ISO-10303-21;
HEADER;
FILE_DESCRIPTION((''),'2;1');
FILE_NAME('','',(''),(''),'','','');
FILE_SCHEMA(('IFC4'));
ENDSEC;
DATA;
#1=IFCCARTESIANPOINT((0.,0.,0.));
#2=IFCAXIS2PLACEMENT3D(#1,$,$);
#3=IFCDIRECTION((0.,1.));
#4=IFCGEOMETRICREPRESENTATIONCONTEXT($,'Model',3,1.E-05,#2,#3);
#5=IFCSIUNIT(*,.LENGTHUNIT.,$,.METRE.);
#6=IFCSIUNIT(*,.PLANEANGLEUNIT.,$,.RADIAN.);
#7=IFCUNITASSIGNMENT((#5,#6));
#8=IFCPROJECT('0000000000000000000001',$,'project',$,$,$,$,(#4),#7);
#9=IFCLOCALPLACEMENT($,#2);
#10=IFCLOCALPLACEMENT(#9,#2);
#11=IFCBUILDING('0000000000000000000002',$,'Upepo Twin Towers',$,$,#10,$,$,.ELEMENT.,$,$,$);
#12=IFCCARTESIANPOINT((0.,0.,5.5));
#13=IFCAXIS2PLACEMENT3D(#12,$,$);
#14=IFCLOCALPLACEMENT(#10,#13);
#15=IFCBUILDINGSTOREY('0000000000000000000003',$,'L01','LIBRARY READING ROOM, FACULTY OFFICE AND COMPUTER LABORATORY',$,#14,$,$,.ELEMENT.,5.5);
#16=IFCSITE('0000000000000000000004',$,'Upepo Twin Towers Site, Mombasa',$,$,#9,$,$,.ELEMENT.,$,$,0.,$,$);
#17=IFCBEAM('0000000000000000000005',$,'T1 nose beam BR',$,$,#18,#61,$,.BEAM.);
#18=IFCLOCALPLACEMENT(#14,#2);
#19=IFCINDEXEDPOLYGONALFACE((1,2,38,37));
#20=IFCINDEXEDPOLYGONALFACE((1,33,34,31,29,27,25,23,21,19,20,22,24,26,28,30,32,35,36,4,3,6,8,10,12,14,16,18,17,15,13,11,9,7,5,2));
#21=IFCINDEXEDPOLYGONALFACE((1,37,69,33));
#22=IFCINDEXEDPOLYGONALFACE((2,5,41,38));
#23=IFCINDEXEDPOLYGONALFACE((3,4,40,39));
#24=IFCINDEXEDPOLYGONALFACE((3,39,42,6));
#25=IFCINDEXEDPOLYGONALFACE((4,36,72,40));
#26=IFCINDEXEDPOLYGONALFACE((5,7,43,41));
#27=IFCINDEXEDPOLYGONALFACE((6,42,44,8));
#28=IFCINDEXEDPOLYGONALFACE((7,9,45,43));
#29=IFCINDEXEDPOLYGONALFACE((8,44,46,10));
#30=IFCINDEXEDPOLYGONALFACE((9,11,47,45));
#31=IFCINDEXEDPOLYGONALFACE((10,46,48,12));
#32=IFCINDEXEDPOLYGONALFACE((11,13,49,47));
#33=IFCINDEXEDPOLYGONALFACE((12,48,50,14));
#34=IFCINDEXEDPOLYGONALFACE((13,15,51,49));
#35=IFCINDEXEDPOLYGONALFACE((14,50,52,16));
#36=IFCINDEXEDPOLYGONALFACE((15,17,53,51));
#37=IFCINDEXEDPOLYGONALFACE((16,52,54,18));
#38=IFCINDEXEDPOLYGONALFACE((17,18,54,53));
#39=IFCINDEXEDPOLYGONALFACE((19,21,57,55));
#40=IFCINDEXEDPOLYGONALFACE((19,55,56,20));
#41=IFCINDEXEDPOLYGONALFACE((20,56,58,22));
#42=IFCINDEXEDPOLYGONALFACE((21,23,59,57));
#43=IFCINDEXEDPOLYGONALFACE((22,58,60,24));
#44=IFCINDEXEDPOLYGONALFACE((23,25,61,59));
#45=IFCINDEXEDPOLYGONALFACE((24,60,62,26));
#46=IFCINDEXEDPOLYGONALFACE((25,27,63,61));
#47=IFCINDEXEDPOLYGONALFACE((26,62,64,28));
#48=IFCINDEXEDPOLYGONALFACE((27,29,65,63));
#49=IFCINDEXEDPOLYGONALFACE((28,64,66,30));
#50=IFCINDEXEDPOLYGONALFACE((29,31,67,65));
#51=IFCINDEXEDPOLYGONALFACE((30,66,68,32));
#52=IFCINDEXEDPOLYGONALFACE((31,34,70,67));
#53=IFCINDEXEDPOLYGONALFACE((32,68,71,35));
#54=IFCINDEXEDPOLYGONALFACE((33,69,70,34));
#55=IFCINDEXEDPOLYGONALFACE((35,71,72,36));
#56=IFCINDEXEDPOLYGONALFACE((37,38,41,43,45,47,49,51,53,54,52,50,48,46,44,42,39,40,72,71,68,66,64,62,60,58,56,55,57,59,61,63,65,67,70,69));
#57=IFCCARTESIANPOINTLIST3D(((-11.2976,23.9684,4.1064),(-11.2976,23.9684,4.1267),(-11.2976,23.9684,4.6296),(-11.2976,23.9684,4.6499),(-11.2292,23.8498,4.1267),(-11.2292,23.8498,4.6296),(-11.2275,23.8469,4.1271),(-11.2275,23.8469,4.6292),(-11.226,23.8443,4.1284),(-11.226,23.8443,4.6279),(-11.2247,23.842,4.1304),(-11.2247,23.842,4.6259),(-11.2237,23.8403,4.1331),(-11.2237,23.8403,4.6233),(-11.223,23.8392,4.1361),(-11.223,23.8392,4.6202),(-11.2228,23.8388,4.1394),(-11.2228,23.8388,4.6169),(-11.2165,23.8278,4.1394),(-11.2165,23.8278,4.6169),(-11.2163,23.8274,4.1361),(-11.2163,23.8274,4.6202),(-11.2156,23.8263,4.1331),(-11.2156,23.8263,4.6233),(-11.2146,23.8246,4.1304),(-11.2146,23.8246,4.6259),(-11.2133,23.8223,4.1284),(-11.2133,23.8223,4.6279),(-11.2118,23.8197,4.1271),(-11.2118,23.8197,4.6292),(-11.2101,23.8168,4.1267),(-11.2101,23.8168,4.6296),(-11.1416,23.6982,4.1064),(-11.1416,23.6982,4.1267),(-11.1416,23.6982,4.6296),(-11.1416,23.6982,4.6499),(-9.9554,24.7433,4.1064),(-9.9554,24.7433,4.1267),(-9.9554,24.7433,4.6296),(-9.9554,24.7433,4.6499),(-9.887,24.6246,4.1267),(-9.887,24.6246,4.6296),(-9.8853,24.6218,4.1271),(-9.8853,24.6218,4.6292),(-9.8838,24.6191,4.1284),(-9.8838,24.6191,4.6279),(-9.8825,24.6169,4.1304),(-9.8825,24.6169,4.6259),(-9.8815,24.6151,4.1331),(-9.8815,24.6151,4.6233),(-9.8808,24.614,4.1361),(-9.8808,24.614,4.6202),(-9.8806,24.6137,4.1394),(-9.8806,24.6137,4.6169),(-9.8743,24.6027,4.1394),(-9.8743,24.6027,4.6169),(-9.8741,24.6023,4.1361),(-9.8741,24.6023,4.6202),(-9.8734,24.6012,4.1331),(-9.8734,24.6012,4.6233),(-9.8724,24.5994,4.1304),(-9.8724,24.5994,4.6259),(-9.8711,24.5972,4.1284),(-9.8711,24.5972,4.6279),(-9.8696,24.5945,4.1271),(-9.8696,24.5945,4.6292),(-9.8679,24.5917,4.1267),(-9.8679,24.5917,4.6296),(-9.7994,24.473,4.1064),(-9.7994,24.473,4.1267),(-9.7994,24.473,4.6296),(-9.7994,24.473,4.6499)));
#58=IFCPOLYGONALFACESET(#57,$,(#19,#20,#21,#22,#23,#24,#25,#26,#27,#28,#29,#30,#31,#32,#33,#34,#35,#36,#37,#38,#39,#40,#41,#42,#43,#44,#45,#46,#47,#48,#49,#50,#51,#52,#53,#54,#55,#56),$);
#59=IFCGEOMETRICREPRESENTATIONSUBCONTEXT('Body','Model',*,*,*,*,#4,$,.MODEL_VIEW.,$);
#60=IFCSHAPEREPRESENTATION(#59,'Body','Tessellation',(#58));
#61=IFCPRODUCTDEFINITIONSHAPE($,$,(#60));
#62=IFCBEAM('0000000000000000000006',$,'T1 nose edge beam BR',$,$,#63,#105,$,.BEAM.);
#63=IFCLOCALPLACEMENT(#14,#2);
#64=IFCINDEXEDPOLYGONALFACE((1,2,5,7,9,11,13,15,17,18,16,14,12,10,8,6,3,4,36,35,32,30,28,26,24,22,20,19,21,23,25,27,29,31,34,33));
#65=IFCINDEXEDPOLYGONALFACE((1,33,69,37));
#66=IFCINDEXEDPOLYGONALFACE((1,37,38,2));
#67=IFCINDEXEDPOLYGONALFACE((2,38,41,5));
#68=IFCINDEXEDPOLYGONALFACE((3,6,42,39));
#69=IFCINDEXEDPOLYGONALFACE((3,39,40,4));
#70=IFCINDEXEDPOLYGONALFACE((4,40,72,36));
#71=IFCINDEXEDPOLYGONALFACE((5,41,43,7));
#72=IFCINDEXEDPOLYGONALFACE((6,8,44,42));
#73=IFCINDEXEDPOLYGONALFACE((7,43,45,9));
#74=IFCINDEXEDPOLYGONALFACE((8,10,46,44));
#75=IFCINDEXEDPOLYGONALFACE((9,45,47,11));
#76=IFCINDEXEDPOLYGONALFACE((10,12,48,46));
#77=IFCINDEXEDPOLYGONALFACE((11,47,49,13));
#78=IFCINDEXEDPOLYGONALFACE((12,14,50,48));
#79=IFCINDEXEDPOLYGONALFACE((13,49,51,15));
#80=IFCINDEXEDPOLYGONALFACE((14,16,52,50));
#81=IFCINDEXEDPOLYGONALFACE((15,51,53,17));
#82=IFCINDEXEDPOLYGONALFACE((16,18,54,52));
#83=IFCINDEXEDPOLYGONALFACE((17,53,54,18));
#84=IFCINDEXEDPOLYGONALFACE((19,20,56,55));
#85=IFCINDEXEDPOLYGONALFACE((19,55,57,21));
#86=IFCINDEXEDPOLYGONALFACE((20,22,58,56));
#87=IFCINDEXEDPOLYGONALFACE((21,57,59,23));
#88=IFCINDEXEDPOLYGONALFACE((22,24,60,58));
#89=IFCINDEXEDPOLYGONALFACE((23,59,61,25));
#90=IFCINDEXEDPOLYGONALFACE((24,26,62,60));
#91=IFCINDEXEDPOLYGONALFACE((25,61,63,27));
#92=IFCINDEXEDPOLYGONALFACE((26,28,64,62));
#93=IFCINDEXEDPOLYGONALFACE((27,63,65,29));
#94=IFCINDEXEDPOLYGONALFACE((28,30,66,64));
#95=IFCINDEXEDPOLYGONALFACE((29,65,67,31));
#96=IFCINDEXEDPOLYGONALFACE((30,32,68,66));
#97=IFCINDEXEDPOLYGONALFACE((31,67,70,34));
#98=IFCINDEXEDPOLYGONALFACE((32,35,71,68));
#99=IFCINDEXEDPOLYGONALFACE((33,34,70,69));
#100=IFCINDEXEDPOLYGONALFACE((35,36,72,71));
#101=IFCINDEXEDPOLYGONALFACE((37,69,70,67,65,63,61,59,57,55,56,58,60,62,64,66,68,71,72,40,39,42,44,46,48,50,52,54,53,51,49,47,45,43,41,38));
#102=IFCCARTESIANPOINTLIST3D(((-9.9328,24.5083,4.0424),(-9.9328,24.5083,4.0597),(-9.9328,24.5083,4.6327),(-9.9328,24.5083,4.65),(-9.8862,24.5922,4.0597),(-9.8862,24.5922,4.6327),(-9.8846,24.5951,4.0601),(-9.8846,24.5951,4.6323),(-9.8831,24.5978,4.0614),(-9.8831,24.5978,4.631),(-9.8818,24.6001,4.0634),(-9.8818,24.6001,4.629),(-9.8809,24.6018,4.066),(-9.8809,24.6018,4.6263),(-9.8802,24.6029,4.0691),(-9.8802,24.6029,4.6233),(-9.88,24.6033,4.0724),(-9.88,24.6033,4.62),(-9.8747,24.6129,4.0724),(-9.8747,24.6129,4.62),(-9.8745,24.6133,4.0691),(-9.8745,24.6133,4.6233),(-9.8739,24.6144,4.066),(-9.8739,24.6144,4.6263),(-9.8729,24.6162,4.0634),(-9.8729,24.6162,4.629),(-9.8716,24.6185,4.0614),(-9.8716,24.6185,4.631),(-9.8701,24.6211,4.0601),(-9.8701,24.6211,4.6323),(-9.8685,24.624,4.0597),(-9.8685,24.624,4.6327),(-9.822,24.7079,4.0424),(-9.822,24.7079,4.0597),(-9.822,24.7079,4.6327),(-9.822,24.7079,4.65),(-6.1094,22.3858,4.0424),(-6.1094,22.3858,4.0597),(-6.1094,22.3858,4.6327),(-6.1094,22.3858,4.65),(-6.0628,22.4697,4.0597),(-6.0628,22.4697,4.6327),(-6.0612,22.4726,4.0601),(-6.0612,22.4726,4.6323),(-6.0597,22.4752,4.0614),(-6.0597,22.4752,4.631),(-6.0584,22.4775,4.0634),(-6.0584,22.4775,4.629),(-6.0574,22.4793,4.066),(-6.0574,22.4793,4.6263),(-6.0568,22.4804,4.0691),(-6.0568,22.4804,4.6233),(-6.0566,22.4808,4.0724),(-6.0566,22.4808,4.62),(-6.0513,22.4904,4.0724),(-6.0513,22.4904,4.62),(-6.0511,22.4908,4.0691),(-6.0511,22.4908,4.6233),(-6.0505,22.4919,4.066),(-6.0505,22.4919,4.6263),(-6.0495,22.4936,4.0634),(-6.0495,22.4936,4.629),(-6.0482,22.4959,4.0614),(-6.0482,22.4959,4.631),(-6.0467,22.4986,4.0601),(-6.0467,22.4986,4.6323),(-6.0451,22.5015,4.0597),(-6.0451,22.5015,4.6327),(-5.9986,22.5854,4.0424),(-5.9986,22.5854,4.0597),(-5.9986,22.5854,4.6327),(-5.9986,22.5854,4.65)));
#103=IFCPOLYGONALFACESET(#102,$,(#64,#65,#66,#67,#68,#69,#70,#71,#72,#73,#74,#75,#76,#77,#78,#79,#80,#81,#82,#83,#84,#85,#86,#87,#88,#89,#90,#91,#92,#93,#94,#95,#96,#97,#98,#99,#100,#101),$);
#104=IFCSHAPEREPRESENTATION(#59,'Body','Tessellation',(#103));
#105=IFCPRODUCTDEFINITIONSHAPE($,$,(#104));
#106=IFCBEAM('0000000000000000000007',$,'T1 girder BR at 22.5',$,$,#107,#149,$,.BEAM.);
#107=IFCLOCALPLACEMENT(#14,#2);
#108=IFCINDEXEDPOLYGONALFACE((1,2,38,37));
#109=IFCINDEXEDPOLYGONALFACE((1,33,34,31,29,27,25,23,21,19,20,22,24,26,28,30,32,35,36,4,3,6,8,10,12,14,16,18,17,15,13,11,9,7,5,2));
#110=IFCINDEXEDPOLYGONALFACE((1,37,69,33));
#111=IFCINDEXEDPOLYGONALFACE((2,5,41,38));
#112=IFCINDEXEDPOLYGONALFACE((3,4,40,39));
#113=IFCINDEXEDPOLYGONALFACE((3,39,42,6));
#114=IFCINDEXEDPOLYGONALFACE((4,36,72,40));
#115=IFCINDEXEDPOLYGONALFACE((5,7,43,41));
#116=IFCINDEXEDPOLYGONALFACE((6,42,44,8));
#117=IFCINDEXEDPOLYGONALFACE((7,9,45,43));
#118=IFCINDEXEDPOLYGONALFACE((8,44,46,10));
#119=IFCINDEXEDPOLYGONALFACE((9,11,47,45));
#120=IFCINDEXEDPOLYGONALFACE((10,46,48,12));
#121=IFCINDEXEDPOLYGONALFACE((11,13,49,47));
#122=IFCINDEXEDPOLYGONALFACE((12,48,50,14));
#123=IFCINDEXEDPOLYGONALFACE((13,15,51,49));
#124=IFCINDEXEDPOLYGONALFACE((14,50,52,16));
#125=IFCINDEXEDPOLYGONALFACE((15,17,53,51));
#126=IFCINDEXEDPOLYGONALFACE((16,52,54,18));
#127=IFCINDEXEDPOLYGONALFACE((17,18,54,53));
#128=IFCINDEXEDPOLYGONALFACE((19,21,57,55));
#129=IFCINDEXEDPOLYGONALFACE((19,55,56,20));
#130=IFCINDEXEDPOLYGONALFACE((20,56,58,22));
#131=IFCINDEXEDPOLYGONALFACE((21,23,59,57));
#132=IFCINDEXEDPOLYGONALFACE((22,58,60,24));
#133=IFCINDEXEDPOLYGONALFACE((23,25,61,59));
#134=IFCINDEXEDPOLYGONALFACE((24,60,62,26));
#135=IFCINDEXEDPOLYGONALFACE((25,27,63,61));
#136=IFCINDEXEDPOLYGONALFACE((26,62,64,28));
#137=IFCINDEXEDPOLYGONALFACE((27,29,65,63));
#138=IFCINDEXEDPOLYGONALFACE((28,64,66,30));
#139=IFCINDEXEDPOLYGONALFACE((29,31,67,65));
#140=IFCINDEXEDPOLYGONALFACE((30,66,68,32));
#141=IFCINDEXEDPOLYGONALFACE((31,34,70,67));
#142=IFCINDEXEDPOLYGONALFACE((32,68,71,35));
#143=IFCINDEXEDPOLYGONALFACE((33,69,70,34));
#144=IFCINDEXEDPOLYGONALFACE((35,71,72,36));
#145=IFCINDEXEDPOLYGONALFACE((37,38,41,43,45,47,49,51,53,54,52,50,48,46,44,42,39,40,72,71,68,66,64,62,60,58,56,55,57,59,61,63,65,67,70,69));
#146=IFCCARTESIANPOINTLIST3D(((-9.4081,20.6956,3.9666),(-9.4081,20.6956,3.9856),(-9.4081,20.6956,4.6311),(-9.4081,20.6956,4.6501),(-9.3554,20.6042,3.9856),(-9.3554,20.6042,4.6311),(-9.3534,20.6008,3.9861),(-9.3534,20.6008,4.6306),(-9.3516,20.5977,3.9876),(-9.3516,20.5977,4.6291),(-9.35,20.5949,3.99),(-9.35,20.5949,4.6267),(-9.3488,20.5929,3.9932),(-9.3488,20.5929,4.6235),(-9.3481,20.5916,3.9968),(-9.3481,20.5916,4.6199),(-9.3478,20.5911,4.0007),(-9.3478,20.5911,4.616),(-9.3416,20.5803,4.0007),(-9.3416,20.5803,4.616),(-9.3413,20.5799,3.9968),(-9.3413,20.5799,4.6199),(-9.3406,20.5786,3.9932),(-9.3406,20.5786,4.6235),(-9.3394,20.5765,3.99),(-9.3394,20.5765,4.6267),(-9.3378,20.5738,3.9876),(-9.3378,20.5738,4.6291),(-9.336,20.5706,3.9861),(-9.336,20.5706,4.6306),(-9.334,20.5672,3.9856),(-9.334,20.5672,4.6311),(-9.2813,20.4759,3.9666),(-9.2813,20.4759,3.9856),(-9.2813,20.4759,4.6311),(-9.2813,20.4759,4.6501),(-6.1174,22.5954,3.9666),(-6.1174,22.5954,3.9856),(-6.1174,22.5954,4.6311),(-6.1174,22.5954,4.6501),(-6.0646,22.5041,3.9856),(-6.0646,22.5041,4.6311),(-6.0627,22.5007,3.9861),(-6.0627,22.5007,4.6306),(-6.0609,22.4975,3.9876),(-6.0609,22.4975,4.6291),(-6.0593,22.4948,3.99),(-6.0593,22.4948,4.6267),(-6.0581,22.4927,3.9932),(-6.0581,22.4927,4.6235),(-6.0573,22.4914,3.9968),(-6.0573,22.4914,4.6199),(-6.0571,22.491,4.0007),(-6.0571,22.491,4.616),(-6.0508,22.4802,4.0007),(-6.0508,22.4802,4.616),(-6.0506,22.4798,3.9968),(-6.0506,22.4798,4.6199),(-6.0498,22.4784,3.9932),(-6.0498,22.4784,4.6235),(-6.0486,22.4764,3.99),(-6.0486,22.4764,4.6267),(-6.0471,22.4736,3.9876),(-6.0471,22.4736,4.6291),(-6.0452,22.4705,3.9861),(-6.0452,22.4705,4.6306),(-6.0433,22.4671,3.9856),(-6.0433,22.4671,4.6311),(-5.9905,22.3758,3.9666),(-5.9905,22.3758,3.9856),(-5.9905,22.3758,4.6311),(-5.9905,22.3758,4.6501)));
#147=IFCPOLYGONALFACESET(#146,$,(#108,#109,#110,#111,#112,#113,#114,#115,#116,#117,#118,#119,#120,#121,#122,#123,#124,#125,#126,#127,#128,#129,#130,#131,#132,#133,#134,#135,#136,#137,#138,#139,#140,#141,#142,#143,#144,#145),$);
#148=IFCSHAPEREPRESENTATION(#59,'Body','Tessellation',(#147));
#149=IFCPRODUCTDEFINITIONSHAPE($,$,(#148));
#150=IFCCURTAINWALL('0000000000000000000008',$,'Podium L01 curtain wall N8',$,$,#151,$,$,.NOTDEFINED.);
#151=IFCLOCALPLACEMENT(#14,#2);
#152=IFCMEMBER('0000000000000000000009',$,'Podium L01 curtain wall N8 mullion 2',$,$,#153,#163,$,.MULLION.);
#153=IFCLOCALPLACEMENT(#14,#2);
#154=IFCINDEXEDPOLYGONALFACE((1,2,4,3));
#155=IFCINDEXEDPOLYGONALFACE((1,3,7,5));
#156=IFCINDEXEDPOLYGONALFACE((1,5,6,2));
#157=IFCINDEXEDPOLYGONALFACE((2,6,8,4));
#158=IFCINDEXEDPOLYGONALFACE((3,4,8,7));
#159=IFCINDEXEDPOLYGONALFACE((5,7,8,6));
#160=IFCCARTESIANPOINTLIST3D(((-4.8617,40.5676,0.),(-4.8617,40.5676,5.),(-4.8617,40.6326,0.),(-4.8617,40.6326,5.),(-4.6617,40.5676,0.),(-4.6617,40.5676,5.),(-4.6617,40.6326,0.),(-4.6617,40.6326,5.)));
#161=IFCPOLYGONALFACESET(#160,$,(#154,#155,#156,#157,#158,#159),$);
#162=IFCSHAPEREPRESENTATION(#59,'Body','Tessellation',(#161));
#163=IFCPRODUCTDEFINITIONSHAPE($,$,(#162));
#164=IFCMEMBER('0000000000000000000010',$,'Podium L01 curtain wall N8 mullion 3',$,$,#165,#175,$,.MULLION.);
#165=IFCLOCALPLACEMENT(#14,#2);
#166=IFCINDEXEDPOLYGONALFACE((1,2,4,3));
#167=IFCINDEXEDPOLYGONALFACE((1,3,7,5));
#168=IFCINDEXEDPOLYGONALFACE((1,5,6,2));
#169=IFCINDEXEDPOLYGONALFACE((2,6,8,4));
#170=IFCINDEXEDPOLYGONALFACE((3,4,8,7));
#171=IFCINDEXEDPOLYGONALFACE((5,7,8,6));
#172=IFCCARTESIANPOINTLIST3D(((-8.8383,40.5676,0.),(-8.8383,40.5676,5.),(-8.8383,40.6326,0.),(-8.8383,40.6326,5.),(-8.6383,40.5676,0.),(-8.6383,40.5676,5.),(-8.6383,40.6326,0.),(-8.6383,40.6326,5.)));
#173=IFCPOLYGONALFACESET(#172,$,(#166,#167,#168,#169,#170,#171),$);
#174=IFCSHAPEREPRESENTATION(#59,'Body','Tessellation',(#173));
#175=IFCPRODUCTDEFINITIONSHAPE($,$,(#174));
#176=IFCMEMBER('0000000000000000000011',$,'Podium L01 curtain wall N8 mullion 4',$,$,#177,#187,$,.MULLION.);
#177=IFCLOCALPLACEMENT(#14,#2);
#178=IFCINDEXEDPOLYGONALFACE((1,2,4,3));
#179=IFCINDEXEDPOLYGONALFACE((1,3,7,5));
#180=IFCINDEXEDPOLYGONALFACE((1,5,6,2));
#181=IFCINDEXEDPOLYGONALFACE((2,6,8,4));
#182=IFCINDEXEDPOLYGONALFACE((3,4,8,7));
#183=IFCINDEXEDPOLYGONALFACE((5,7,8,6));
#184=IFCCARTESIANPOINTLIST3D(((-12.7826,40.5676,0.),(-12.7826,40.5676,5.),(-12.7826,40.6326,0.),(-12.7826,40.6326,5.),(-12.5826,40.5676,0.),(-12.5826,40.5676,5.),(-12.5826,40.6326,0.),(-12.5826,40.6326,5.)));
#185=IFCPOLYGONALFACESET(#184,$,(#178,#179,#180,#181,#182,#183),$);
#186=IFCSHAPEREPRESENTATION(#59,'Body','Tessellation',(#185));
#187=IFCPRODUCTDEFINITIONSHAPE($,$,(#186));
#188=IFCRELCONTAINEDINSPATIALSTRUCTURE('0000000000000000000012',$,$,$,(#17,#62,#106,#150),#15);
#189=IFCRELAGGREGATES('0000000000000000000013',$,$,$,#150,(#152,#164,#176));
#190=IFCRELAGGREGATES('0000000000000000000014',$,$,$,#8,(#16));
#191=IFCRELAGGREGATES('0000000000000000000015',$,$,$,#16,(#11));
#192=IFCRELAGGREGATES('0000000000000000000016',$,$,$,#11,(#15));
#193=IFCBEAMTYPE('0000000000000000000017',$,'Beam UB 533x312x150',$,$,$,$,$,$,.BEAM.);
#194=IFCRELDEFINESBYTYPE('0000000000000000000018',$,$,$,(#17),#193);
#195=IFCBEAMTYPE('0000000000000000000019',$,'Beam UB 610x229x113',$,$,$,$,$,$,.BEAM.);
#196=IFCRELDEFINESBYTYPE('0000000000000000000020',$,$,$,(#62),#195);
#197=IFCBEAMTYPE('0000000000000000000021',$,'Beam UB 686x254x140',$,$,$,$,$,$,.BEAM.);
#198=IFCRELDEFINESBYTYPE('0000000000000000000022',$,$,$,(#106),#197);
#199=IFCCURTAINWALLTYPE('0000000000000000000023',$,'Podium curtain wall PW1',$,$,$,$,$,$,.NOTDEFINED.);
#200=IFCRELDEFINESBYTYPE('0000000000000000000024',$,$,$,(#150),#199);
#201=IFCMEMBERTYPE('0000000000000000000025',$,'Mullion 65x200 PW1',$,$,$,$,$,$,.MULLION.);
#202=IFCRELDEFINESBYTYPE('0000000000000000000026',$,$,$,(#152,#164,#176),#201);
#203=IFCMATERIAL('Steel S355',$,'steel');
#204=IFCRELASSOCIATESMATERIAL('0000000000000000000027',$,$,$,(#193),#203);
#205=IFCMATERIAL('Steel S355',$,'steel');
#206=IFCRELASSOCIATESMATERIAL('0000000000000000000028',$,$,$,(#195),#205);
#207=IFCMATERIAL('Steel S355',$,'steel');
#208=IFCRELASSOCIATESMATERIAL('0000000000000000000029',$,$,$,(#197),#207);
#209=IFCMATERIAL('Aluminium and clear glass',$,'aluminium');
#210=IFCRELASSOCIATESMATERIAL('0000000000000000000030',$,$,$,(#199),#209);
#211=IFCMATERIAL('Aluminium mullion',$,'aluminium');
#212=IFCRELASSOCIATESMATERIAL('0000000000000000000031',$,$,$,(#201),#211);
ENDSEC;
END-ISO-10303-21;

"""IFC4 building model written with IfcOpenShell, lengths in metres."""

from ifc_helpers import new_model, si_unit, direction, frame, origin, origin_2d, place, context, subcontext, project, spatial, rectangle, i_section, extrude, material, material_profile, profile_set, type_object, element, aggregate, save


model = new_model("IFC4")

# Units and contexts
model_context = context("Model", 3, precision=1e-05, world=origin(), true_north=direction((0.0, 1.0)))
body_context = subcontext(model_context, "Body", "Model", "MODEL_VIEW")
ifc_project = project(units=[si_unit("LENGTHUNIT", "METRE"), si_unit("PLANEANGLEUNIT", "RADIAN")], contexts=[model_context])

# Site, building, storey
site_placement = place(None, origin())
site = spatial("IfcSite", under=ifc_project, at=site_placement, Name="Upepo Twin Towers Site, Mombasa", CompositionType="ELEMENT", RefElevation=0.0)
building_placement = place(site_placement, origin())
building = spatial("IfcBuilding", under=site, at=building_placement, Name="Upepo Twin Towers", CompositionType="ELEMENT")
storey_placement = place(building_placement, frame((0.0, 0.0, 5.5)))
storey = spatial("IfcBuildingStorey", under=building, at=storey_placement, Name="L01", Description="LIBRARY READING ROOM, FACULTY OFFICE AND COMPUTER LABORATORY", CompositionType="ELEMENT", Elevation=5.5)

# Beams
ifc_material_1 = material(Name="Steel S355", Category="steel")
ifc_material_profile_1 = material_profile(ifc_material_1, i_section(OverallWidth=0.312, OverallDepth=0.5435, WebThickness=0.0127, FlangeThickness=0.0203, FilletRadius=0.0127, at=origin_2d()), Name="UB 533x312x150")
ifc_profile_set_1 = profile_set([ifc_material_profile_1], Name="Steel S355")
beam_type_1 = type_object("IfcBeamType", Name="Beam UB 533x312x150", PredefinedType="BEAM", material=ifc_profile_set_1)
beam_1_placement = place(storey_placement, frame((-9.8774, 24.6082, 4.3782), z_axis=(-0.866044, -0.499968, 0.0), x_axis=(0.499968, -0.866044, 0.0)))
element("IfcBeam", 1, at=beam_1_placement, inside=storey, type_object=beam_type_1, Name="T1 nose beam BR", PredefinedType="BEAM", context=body_context, shape_type="SweptSolid", body=[
    extrude(i_section(OverallWidth=0.312, OverallDepth=0.5435, WebThickness=0.0127, FlangeThickness=0.0203, FilletRadius=0.0127, at=origin_2d()), origin(), (0.0, 0.0, 1.0), 1.5498),
])
ifc_material_2 = material(Name="Steel S355", Category="steel")
ifc_material_profile_2 = material_profile(ifc_material_2, i_section(OverallWidth=0.2283, OverallDepth=0.6077, WebThickness=0.011, FlangeThickness=0.0173, FilletRadius=0.0127, at=origin_2d()), Name="UB 610x229x113")
ifc_profile_set_2 = profile_set([ifc_material_profile_2], Name="Steel S355")
beam_type_2 = type_object("IfcBeamType", Name="Beam UB 610x229x113", PredefinedType="BEAM", material=ifc_profile_set_2)
beam_2_placement = place(storey_placement, frame((-6.054, 22.4856, 4.3462), z_axis=(-0.874313, 0.485363, 0.0), x_axis=(-0.485363, -0.874313, 0.0)))
element("IfcBeam", 2, at=beam_2_placement, inside=storey, type_object=beam_type_2, Name="T1 nose edge beam BR", PredefinedType="BEAM", context=body_context, shape_type="SweptSolid", body=[
    extrude(i_section(OverallWidth=0.2283, OverallDepth=0.6077, WebThickness=0.011, FlangeThickness=0.0173, FilletRadius=0.0127, at=origin_2d()), origin(), (0.0, 0.0, 1.0), 4.373),
])
ifc_material_3 = material(Name="Steel S355", Category="steel")
ifc_material_profile_3 = material_profile(ifc_material_3, i_section(OverallWidth=0.2537, OverallDepth=0.6836, WebThickness=0.0125, FlangeThickness=0.019, FilletRadius=0.0151, at=origin_2d()), Name="UB 686x254x140")
ifc_profile_set_3 = profile_set([ifc_material_profile_3], Name="Steel S355")
beam_type_3 = type_object("IfcBeamType", Name="Beam UB 686x254x140", PredefinedType="BEAM", material=ifc_profile_set_3)
beam_3_placement = place(storey_placement, frame((-6.054, 22.4856, 4.3083), z_axis=(-0.866028, -0.499995, 0.0), x_axis=(0.499995, -0.866028, 0.0)))
element("IfcBeam", 3, at=beam_3_placement, inside=storey, type_object=beam_type_3, Name="T1 girder BR at 22.5", PredefinedType="BEAM", context=body_context, shape_type="SweptSolid", body=[
    extrude(i_section(OverallWidth=0.2537, OverallDepth=0.6836, WebThickness=0.0125, FlangeThickness=0.019, FilletRadius=0.0151, at=origin_2d()), origin(), (0.0, 0.0, 1.0), 3.7998),
])

# Curtain wall, members
ifc_material_4 = material(Name="Aluminium and clear glass", Category="aluminium")
curtain_wall_type = type_object("IfcCurtainWallType", Name="Podium curtain wall PW1", PredefinedType="NOTDEFINED", material=ifc_material_4)
curtain_wall_1_placement = place(storey_placement, origin())
curtain_wall_1 = element("IfcCurtainWall", 4, at=curtain_wall_1_placement, inside=storey, type_object=curtain_wall_type, Name="Podium L01 curtain wall N8", PredefinedType="NOTDEFINED")
ifc_material_5 = material(Name="Aluminium mullion", Category="aluminium")
ifc_material_profile_4 = material_profile(ifc_material_5, rectangle(XDim=0.0649, YDim=0.2, at=origin_2d()), Name="MULLION 65x200 PODIUM")
ifc_profile_set_4 = profile_set([ifc_material_profile_4], Name="Aluminium mullion")
member_type_1 = type_object("IfcMemberType", Name="Mullion 65x200 PW1", PredefinedType="MULLION", material=ifc_profile_set_4)
member_1_placement = place(storey_placement, frame((-4.7617, 40.6001, 0.0), z_axis=(0.0, 0.0, 1.0), x_axis=(0.0, -1.0, 0.0)))
member_1 = element("IfcMember", 5, at=member_1_placement, type_object=member_type_1, Name="Podium L01 curtain wall N8 mullion 2", PredefinedType="MULLION", context=body_context, shape_type="SweptSolid", body=[
    extrude(rectangle(XDim=0.0649, YDim=0.2, at=origin_2d()), origin(), (0.0, 0.0, 1.0), 5.0),
])
member_2_placement = place(storey_placement, frame((-8.7383, 40.6001, 0.0), z_axis=(0.0, 0.0, 1.0), x_axis=(0.0, -1.0, 0.0)))
member_2 = element("IfcMember", 6, at=member_2_placement, type_object=member_type_1, Name="Podium L01 curtain wall N8 mullion 3", PredefinedType="MULLION", context=body_context, shape_type="SweptSolid", body=[
    extrude(rectangle(XDim=0.0649, YDim=0.2, at=origin_2d()), origin(), (0.0, 0.0, 1.0), 5.0),
])
member_3_placement = place(storey_placement, frame((-12.6826, 40.6001, 0.0), z_axis=(0.0, 0.0, 1.0), x_axis=(0.0, -1.0, 0.0)))
member_3 = element("IfcMember", 7, at=member_3_placement, type_object=member_type_1, Name="Podium L01 curtain wall N8 mullion 4", PredefinedType="MULLION", context=body_context, shape_type="SweptSolid", body=[
    extrude(rectangle(XDim=0.0649, YDim=0.2, at=origin_2d()), origin(), (0.0, 0.0, 1.0), 5.0),
])

aggregate(curtain_wall_1, [member_1, member_2, member_3])

save(model, "model.ifc")
